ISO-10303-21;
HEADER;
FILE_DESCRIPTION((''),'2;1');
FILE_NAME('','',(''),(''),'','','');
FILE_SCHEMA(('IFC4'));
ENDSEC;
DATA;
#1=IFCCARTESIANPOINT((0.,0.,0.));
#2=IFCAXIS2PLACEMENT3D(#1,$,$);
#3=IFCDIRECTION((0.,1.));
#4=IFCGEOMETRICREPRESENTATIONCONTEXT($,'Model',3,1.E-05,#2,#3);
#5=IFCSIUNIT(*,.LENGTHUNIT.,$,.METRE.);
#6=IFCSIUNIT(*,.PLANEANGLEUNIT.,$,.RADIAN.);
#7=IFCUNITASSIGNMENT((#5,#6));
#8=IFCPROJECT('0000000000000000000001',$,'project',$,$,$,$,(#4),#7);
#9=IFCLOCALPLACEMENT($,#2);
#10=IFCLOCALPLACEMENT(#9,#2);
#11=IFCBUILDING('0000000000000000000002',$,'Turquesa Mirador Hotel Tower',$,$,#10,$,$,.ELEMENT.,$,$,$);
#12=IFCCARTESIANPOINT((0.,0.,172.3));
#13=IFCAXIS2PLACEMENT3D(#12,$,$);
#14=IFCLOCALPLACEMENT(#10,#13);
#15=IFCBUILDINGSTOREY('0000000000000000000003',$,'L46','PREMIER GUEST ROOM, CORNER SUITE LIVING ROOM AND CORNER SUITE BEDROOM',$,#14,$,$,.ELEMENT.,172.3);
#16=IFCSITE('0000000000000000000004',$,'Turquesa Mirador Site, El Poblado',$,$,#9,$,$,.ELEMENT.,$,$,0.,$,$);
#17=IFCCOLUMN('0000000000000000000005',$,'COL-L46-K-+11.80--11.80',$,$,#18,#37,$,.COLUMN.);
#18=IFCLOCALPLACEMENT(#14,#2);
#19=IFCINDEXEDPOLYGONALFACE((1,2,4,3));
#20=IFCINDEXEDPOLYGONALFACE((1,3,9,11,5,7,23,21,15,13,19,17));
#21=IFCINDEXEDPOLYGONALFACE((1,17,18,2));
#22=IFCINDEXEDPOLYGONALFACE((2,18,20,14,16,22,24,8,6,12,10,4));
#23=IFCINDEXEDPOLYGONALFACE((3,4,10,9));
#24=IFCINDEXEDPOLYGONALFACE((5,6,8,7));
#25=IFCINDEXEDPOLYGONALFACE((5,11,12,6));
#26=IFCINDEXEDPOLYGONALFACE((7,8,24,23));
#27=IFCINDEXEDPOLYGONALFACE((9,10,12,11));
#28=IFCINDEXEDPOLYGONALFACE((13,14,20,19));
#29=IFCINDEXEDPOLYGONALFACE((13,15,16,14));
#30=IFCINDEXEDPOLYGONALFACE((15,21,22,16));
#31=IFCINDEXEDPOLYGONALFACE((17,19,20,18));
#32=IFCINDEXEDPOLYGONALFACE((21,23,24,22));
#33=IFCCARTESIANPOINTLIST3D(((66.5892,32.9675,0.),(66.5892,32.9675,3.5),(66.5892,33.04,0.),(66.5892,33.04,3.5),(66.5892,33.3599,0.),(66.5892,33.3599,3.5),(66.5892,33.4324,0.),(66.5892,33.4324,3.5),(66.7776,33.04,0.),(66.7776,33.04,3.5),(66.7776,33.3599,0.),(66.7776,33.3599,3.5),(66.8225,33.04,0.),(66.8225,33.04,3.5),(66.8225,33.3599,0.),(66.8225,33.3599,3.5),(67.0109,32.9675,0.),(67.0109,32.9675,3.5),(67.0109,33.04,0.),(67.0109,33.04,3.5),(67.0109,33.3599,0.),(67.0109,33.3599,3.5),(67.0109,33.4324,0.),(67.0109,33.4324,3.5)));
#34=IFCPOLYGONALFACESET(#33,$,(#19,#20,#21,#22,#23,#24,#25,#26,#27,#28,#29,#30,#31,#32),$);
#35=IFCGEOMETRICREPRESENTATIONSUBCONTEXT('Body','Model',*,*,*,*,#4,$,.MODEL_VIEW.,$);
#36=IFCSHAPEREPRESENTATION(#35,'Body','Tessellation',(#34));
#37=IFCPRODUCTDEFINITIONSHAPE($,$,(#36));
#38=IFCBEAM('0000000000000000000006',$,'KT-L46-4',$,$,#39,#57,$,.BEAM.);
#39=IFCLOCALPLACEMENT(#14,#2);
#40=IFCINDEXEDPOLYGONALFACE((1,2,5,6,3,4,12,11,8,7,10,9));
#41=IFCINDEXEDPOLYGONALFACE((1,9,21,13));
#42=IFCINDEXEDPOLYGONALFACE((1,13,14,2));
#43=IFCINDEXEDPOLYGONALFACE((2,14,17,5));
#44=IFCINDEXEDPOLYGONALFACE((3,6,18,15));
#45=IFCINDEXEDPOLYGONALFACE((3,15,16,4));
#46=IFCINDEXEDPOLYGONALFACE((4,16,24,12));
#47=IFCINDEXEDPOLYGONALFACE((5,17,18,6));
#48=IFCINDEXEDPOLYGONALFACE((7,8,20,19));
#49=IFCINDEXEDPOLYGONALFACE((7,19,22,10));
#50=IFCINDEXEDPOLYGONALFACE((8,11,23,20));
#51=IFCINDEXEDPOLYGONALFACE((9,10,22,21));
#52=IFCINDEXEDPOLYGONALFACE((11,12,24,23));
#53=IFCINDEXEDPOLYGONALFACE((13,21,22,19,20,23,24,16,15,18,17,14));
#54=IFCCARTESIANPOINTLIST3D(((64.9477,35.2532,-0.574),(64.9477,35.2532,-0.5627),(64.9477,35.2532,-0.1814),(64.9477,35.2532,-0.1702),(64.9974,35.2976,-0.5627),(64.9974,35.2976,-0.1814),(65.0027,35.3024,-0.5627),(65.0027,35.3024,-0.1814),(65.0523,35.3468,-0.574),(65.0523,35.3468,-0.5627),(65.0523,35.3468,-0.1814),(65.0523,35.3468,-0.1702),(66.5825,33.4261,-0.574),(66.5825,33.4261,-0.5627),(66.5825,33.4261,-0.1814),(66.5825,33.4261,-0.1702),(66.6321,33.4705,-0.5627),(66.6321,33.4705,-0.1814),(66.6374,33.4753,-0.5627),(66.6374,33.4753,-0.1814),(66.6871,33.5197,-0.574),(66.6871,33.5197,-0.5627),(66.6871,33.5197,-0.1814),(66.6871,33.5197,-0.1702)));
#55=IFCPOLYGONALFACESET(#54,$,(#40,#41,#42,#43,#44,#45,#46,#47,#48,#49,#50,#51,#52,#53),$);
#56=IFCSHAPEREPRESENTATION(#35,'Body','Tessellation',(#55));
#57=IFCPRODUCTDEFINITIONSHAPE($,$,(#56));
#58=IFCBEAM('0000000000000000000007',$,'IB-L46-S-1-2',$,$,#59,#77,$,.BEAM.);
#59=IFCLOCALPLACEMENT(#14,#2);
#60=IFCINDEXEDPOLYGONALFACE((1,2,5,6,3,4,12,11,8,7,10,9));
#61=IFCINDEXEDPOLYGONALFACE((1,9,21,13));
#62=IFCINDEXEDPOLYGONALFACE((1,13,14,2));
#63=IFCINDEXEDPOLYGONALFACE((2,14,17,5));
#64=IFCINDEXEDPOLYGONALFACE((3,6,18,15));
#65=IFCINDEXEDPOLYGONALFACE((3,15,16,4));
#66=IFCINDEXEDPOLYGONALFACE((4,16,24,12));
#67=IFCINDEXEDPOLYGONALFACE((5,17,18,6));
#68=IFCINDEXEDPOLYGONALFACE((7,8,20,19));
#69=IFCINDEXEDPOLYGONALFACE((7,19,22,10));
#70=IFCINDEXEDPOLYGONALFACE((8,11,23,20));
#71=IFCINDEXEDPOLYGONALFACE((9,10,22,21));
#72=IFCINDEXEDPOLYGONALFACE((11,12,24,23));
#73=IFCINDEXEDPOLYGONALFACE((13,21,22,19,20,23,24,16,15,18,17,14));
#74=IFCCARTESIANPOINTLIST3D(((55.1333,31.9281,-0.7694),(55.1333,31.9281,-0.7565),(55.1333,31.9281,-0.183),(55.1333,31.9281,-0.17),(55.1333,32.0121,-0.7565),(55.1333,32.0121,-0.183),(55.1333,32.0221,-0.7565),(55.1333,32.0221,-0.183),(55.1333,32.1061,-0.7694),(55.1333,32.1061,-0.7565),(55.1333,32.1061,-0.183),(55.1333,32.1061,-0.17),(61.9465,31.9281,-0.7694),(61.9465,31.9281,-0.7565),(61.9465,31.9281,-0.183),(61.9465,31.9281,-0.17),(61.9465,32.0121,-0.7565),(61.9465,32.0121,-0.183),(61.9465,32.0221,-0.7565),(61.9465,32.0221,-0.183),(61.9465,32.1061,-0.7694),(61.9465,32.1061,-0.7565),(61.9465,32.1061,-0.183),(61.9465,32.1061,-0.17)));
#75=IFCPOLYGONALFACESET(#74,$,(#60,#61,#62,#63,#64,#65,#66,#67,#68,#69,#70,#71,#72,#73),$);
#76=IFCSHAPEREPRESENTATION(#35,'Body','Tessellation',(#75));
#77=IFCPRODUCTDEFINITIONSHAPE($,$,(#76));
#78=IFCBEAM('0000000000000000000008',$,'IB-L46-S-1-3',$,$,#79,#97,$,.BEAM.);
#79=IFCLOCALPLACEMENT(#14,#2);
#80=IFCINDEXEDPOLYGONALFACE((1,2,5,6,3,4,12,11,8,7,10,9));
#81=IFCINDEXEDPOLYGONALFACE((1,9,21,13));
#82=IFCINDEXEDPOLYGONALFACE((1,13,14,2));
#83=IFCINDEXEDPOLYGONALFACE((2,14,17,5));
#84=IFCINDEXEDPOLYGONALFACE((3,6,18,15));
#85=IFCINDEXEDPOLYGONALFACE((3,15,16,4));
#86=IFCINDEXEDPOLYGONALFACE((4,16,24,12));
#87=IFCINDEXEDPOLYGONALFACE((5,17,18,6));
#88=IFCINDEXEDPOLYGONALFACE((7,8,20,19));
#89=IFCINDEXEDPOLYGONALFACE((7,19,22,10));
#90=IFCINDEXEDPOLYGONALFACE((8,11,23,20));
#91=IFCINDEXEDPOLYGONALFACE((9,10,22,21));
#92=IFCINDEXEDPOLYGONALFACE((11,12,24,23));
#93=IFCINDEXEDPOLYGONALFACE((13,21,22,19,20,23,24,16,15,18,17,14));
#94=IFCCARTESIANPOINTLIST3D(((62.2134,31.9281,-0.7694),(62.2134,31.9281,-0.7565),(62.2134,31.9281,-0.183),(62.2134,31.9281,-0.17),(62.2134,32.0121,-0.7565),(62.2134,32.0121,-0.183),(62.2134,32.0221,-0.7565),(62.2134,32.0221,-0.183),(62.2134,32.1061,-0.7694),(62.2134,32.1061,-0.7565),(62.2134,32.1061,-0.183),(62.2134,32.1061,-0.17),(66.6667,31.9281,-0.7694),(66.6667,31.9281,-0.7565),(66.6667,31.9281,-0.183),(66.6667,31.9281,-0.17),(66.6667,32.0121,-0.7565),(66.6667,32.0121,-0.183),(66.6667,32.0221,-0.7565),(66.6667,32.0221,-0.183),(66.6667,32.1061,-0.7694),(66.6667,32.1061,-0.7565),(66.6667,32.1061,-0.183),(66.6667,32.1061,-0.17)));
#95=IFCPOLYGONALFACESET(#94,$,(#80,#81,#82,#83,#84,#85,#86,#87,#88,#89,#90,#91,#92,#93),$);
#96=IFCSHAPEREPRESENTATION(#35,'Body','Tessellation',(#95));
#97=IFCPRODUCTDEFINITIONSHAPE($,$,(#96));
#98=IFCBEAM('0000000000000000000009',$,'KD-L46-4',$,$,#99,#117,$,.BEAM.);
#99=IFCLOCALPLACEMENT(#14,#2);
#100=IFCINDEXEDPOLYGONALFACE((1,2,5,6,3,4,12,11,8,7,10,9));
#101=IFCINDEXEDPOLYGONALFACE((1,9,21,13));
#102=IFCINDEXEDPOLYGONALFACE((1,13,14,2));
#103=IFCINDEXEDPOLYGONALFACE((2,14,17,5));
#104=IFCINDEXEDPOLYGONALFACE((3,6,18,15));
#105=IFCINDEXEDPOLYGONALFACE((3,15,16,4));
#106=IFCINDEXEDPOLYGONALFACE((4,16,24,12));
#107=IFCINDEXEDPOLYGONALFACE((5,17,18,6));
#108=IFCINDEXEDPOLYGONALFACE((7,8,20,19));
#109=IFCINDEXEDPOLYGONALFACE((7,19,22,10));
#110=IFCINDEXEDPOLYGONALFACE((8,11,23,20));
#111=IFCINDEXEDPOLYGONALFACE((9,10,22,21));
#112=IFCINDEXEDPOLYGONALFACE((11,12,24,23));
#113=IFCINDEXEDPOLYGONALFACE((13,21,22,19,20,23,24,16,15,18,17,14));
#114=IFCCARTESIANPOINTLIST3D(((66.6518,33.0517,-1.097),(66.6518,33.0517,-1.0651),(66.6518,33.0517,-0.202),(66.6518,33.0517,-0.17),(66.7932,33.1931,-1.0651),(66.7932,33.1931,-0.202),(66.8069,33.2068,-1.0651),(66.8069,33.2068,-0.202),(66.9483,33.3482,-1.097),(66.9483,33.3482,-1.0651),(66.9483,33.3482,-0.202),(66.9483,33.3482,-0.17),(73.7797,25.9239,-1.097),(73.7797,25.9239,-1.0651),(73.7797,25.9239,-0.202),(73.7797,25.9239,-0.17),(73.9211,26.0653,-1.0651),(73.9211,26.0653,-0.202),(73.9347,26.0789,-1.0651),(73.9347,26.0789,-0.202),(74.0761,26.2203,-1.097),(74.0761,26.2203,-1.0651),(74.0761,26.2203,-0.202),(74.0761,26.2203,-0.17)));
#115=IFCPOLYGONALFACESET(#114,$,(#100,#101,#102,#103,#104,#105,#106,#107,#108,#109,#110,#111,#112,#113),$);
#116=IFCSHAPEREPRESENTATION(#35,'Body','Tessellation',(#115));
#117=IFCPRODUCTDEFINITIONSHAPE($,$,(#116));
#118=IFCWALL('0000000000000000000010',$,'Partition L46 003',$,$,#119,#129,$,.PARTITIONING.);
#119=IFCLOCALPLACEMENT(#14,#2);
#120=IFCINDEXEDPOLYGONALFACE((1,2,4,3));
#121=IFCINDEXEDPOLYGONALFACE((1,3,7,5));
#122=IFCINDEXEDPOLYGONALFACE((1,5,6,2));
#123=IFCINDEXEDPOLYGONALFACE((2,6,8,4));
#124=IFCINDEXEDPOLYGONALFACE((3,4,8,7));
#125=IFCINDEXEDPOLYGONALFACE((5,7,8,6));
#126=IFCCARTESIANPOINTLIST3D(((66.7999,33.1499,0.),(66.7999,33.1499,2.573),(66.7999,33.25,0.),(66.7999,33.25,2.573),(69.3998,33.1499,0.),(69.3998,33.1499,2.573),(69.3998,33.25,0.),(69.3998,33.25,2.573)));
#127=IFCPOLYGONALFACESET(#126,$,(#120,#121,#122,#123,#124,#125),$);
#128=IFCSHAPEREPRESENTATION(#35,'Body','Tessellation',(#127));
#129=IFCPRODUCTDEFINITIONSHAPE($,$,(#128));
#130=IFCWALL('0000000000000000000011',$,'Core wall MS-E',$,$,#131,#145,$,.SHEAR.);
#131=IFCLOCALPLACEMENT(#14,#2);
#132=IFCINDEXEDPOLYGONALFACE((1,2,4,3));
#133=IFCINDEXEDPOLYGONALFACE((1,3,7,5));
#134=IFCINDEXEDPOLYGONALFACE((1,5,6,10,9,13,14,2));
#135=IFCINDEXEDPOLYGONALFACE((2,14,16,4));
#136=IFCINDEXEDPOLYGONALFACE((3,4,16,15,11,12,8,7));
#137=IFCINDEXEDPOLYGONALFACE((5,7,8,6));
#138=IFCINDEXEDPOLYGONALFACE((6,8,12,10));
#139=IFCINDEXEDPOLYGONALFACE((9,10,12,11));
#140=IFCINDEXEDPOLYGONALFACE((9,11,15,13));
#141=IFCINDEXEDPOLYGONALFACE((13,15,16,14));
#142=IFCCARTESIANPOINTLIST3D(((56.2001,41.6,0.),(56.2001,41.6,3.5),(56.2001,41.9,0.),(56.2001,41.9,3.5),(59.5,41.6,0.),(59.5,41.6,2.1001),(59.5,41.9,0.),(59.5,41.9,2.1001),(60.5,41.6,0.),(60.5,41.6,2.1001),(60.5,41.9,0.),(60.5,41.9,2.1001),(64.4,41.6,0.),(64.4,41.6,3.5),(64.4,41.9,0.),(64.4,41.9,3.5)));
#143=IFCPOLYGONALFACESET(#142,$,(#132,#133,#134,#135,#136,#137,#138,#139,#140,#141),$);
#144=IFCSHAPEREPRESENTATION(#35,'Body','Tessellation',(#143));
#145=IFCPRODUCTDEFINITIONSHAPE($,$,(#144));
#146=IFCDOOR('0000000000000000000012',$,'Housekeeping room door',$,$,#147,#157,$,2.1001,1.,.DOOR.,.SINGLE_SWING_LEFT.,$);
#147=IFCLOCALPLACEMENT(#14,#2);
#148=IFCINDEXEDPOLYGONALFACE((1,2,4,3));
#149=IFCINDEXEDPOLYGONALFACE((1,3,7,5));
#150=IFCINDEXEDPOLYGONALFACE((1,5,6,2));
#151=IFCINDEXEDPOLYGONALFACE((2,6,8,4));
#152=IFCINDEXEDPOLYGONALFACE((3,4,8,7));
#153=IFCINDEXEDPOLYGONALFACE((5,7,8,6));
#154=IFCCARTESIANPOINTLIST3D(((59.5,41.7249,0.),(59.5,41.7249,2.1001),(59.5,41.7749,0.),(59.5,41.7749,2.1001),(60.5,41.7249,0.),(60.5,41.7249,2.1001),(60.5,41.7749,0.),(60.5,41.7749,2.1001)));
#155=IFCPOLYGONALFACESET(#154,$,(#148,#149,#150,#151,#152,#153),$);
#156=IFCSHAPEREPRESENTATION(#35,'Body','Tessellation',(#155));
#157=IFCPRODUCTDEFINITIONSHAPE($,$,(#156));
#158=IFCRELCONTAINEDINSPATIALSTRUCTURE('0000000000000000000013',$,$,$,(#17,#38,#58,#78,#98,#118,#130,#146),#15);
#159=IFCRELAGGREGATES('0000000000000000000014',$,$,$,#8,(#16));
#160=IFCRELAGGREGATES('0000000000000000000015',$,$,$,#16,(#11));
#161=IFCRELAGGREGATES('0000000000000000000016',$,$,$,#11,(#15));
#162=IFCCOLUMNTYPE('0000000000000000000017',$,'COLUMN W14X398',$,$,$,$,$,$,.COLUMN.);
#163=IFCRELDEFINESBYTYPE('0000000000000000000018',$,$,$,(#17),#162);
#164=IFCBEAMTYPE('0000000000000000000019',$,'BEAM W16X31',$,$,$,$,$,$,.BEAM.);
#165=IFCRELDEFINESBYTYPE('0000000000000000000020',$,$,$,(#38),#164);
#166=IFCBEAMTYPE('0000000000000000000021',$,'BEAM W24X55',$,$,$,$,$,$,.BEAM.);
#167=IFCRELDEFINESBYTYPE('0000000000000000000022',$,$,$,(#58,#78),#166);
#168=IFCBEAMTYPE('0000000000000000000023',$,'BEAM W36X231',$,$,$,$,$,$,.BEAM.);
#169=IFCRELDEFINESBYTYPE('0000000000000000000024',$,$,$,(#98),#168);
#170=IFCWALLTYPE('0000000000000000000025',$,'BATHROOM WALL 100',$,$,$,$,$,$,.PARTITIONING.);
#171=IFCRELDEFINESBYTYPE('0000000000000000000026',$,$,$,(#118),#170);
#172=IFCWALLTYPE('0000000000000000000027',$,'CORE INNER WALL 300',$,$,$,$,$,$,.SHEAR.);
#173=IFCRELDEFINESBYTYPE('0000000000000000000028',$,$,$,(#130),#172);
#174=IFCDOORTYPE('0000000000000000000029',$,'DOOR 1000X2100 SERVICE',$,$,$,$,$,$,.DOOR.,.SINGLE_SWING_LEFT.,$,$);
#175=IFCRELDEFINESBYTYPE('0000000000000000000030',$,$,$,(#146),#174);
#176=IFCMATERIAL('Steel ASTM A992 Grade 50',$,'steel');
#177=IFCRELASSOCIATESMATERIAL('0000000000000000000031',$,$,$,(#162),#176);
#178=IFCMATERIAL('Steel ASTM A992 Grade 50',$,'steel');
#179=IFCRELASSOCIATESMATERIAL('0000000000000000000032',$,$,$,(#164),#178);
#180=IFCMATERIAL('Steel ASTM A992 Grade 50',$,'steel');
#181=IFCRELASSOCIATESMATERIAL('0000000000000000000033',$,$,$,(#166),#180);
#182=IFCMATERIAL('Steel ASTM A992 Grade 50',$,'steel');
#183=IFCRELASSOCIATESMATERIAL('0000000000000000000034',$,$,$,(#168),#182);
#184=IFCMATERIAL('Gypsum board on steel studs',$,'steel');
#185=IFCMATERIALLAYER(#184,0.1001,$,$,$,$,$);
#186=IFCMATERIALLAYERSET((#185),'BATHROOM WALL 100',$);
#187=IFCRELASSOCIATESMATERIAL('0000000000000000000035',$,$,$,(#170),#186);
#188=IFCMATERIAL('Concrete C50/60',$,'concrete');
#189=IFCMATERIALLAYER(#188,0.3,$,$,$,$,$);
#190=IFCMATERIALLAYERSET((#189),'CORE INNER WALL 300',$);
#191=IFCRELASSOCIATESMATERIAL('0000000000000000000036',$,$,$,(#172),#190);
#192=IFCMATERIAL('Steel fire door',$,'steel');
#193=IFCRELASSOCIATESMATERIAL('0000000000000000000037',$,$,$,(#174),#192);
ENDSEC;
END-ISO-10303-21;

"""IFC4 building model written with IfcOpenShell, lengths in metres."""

from ifc_helpers import new_model, si_unit, direction, frame, frame_2d, origin, origin_2d, place, context, subcontext, project, spatial, rectangle, i_section, extrude, material, layer, layer_set, material_profile, profile_set, type_object, element, fill, save


model = new_model("IFC4")

# Units and contexts
model_context = context("Model", 3, precision=1e-05, world=origin(), true_north=direction((0.0, 1.0)))
body_context = subcontext(model_context, "Body", "Model", "MODEL_VIEW")
ifc_project = project(units=[si_unit("LENGTHUNIT", "METRE"), si_unit("PLANEANGLEUNIT", "RADIAN")], contexts=[model_context])

# Site, building, storey
site_placement = place(None, origin())
site = spatial("IfcSite", under=ifc_project, at=site_placement, Name="Turquesa Mirador Site, El Poblado", CompositionType="ELEMENT", RefElevation=0.0)
building_placement = place(site_placement, origin())
building = spatial("IfcBuilding", under=site, at=building_placement, Name="Turquesa Mirador Hotel Tower", CompositionType="ELEMENT")
storey_placement = place(building_placement, frame((0.0, 0.0, 172.3)))
storey = spatial("IfcBuildingStorey", under=building, at=storey_placement, Name="L46", Description="PREMIER GUEST ROOM, CORNER SUITE LIVING ROOM AND CORNER SUITE BEDROOM", CompositionType="ELEMENT", Elevation=172.3)

# Column
ifc_material_1 = material(Name="Steel ASTM A992 Grade 50", Category="steel")
ifc_material_profile_1 = material_profile(ifc_material_1, i_section(OverallWidth=0.4216, OverallDepth=0.4648, WebThickness=0.0449, FlangeThickness=0.0725, at=origin_2d()), Name="W14X398")
ifc_profile_set_1 = profile_set([ifc_material_profile_1], Name="Steel ASTM A992 Grade 50")
column_type = type_object("IfcColumnType", Name="COLUMN W14X398", PredefinedType="COLUMN", material=ifc_profile_set_1)
column_placement = place(storey_placement, frame((66.8, 33.2, 0.0), z_axis=(0.0, 0.0, 1.0), x_axis=(1.0, 0.0, 0.0)))
element("IfcColumn", 1, at=column_placement, inside=storey, type_object=column_type, Name="COL-L46-K-+11.80--11.80", PredefinedType="COLUMN", context=body_context, shape_type="SweptSolid", body=[
    extrude(i_section(OverallWidth=0.4216, OverallDepth=0.4648, WebThickness=0.0449, FlangeThickness=0.0725, at=origin_2d()), origin(), (0.0, 0.0, 1.0), 3.5),
])

# Beams
ifc_material_2 = material(Name="Steel ASTM A992 Grade 50", Category="steel")
ifc_material_profile_2 = material_profile(ifc_material_2, i_section(OverallWidth=0.1404, OverallDepth=0.4038, WebThickness=0.0071, FlangeThickness=0.0112, at=origin_2d()), Name="W16X31")
ifc_profile_set_2 = profile_set([ifc_material_profile_2], Name="Steel ASTM A992 Grade 50")
beam_type_1 = type_object("IfcBeamType", Name="BEAM W16X31", PredefinedType="BEAM", material=ifc_profile_set_2)
beam_1_placement = place(storey_placement, frame((66.6348, 33.4729, -0.3721), z_axis=(-0.666783, 0.745252, 0.0), x_axis=(-0.745252, -0.666783, 0.0)))
element("IfcBeam", 2, at=beam_1_placement, inside=storey, type_object=beam_type_1, Name="KT-L46-4", PredefinedType="BEAM", context=body_context, shape_type="SweptSolid", body=[
    extrude(i_section(OverallWidth=0.1404, OverallDepth=0.4038, WebThickness=0.0071, FlangeThickness=0.0112, at=origin_2d()), origin(), (0.0, 0.0, 1.0), 2.4517),
])
ifc_material_3 = material(Name="Steel ASTM A992 Grade 50", Category="steel")
ifc_material_profile_3 = material_profile(ifc_material_3, i_section(OverallWidth=0.178, OverallDepth=0.5994, WebThickness=0.01, FlangeThickness=0.0129, at=origin_2d()), Name="W24X55")
ifc_profile_set_3 = profile_set([ifc_material_profile_3], Name="Steel ASTM A992 Grade 50")
beam_type_2 = type_object("IfcBeamType", Name="BEAM W24X55", PredefinedType="BEAM", material=ifc_profile_set_3)
beam_2_placement = place(storey_placement, frame((55.1333, 32.0171, -0.4697), z_axis=(1.0, 0.0, 0.0), x_axis=(0.0, 1.0, 0.0)))
element("IfcBeam", 3, at=beam_2_placement, inside=storey, type_object=beam_type_2, Name="IB-L46-S-1-2", PredefinedType="BEAM", context=body_context, shape_type="SweptSolid", body=[
    extrude(i_section(OverallWidth=0.178, OverallDepth=0.5994, WebThickness=0.01, FlangeThickness=0.0129, at=origin_2d()), origin(), (0.0, 0.0, 1.0), 6.8132),
])
beam_3_placement = place(storey_placement, frame((62.2134, 32.0171, -0.4697), z_axis=(1.0, 0.0, 0.0), x_axis=(0.0, 1.0, 0.0)))
element("IfcBeam", 4, at=beam_3_placement, inside=storey, type_object=beam_type_2, Name="IB-L46-S-1-3", PredefinedType="BEAM", context=body_context, shape_type="SweptSolid", body=[
    extrude(i_section(OverallWidth=0.178, OverallDepth=0.5994, WebThickness=0.01, FlangeThickness=0.0129, at=origin_2d()), origin(), (0.0, 0.0, 1.0), 4.4534),
])
ifc_material_4 = material(Name="Steel ASTM A992 Grade 50", Category="steel")
ifc_material_profile_4 = material_profile(ifc_material_4, i_section(OverallWidth=0.4192, OverallDepth=0.927, WebThickness=0.0193, FlangeThickness=0.032, at=origin_2d()), Name="W36X231")
ifc_profile_set_4 = profile_set([ifc_material_profile_4], Name="Steel ASTM A992 Grade 50")
beam_type_3 = type_object("IfcBeamType", Name="BEAM W36X231", PredefinedType="BEAM", material=ifc_profile_set_4)
beam_4_placement = place(storey_placement, frame((66.8, 33.2, -0.6335), z_axis=(0.707107, -0.707107, 0.0), x_axis=(0.707107, 0.707107, 0.0)))
element("IfcBeam", 5, at=beam_4_placement, inside=storey, type_object=beam_type_3, Name="KD-L46-4", PredefinedType="BEAM", context=body_context, shape_type="SweptSolid", body=[
    extrude(i_section(OverallWidth=0.4192, OverallDepth=0.927, WebThickness=0.0193, FlangeThickness=0.032, at=origin_2d()), origin(), (0.0, 0.0, 1.0), 10.0803),
])

# Wall
ifc_material_5 = material(Name="Gypsum board on steel studs", Category="steel")
ifc_layer_1 = layer(ifc_material_5, 0.1001)
ifc_layer_set_1 = layer_set([ifc_layer_1], Name="BATHROOM WALL 100")
wall_type_1 = type_object("IfcWallType", Name="BATHROOM WALL 100", PredefinedType="PARTITIONING", material=ifc_layer_set_1)
wall_1_placement = place(storey_placement, frame((66.8, 33.2, 0.0), z_axis=(0.0, 0.0, 1.0), x_axis=(1.0, 0.0, 0.0)))
element("IfcWall", 6, at=wall_1_placement, inside=storey, type_object=wall_type_1, Name="Partition L46 003", PredefinedType="PARTITIONING", context=body_context, shape_type="SweptSolid", body=[
    extrude(rectangle(XDim=2.5999, YDim=0.1001, at=frame_2d((1.2998, 0.0))), origin(), (0.0, 0.0, 1.0), 2.573),
])

# Wall, opening, door
ifc_material_6 = material(Name="Concrete C50/60", Category="concrete")
ifc_layer_2 = layer(ifc_material_6, 0.3)
ifc_layer_set_2 = layer_set([ifc_layer_2], Name="CORE INNER WALL 300")
wall_type_2 = type_object("IfcWallType", Name="CORE INNER WALL 300", PredefinedType="SHEAR", material=ifc_layer_set_2)
wall_2_placement = place(storey_placement, frame((56.2, 41.75, 0.0), z_axis=(0.0, 0.0, 1.0), x_axis=(1.0, 0.0, 0.0)))
wall_2 = element("IfcWall", 7, at=wall_2_placement, inside=storey, type_object=wall_type_2, Name="Core wall MS-E", PredefinedType="SHEAR", context=body_context, shape_type="SweptSolid", body=[
    extrude(rectangle(XDim=8.2, YDim=0.3, at=frame_2d((4.1001, 0.0))), origin(), (0.0, 0.0, 1.0), 3.5),
])
opening_1_placement = place(wall_2_placement, frame((3.3, 0.0, 0.0)))
opening_1 = element("IfcOpeningElement", 8, at=opening_1_placement, cuts=wall_2, PredefinedType="OPENING", context=body_context, shape_type="SweptSolid", body=[
    extrude(rectangle(XDim=1.0, YDim=2.1001, at=frame_2d((0.5, 1.05))), frame((0.0, 0.1599, 0.0), z_axis=(0.0, -1.0, 0.0), x_axis=(1.0, 0.0, 0.0)), (0.0, 0.0, 1.0), 0.3201),
])
ifc_material_7 = material(Name="Steel fire door", Category="steel")
door_type_1 = type_object("IfcDoorType", Name="DOOR 1000X2100 SERVICE", OperationType="SINGLE_SWING_LEFT", PredefinedType="DOOR", material=ifc_material_7)
door_1_placement = place(opening_1_placement, origin())
door_1 = element("IfcDoor", 9, at=door_1_placement, inside=storey, type_object=door_type_1, Name="Housekeeping room door", OperationType="SINGLE_SWING_LEFT", OverallHeight=2.1001, OverallWidth=1.0, PredefinedType="DOOR", context=body_context, shape_type="SweptSolid", body=[
    extrude(rectangle(XDim=1.0, YDim=2.1001, at=frame_2d((0.5, 1.05))), frame((0.0, 0.0249, 0.0), z_axis=(0.0, -1.0, 0.0), x_axis=(1.0, 0.0, 0.0)), (0.0, 0.0, 1.0), 0.05),
])
fill(opening_1, door_1)

save(model, "model.ifc")
